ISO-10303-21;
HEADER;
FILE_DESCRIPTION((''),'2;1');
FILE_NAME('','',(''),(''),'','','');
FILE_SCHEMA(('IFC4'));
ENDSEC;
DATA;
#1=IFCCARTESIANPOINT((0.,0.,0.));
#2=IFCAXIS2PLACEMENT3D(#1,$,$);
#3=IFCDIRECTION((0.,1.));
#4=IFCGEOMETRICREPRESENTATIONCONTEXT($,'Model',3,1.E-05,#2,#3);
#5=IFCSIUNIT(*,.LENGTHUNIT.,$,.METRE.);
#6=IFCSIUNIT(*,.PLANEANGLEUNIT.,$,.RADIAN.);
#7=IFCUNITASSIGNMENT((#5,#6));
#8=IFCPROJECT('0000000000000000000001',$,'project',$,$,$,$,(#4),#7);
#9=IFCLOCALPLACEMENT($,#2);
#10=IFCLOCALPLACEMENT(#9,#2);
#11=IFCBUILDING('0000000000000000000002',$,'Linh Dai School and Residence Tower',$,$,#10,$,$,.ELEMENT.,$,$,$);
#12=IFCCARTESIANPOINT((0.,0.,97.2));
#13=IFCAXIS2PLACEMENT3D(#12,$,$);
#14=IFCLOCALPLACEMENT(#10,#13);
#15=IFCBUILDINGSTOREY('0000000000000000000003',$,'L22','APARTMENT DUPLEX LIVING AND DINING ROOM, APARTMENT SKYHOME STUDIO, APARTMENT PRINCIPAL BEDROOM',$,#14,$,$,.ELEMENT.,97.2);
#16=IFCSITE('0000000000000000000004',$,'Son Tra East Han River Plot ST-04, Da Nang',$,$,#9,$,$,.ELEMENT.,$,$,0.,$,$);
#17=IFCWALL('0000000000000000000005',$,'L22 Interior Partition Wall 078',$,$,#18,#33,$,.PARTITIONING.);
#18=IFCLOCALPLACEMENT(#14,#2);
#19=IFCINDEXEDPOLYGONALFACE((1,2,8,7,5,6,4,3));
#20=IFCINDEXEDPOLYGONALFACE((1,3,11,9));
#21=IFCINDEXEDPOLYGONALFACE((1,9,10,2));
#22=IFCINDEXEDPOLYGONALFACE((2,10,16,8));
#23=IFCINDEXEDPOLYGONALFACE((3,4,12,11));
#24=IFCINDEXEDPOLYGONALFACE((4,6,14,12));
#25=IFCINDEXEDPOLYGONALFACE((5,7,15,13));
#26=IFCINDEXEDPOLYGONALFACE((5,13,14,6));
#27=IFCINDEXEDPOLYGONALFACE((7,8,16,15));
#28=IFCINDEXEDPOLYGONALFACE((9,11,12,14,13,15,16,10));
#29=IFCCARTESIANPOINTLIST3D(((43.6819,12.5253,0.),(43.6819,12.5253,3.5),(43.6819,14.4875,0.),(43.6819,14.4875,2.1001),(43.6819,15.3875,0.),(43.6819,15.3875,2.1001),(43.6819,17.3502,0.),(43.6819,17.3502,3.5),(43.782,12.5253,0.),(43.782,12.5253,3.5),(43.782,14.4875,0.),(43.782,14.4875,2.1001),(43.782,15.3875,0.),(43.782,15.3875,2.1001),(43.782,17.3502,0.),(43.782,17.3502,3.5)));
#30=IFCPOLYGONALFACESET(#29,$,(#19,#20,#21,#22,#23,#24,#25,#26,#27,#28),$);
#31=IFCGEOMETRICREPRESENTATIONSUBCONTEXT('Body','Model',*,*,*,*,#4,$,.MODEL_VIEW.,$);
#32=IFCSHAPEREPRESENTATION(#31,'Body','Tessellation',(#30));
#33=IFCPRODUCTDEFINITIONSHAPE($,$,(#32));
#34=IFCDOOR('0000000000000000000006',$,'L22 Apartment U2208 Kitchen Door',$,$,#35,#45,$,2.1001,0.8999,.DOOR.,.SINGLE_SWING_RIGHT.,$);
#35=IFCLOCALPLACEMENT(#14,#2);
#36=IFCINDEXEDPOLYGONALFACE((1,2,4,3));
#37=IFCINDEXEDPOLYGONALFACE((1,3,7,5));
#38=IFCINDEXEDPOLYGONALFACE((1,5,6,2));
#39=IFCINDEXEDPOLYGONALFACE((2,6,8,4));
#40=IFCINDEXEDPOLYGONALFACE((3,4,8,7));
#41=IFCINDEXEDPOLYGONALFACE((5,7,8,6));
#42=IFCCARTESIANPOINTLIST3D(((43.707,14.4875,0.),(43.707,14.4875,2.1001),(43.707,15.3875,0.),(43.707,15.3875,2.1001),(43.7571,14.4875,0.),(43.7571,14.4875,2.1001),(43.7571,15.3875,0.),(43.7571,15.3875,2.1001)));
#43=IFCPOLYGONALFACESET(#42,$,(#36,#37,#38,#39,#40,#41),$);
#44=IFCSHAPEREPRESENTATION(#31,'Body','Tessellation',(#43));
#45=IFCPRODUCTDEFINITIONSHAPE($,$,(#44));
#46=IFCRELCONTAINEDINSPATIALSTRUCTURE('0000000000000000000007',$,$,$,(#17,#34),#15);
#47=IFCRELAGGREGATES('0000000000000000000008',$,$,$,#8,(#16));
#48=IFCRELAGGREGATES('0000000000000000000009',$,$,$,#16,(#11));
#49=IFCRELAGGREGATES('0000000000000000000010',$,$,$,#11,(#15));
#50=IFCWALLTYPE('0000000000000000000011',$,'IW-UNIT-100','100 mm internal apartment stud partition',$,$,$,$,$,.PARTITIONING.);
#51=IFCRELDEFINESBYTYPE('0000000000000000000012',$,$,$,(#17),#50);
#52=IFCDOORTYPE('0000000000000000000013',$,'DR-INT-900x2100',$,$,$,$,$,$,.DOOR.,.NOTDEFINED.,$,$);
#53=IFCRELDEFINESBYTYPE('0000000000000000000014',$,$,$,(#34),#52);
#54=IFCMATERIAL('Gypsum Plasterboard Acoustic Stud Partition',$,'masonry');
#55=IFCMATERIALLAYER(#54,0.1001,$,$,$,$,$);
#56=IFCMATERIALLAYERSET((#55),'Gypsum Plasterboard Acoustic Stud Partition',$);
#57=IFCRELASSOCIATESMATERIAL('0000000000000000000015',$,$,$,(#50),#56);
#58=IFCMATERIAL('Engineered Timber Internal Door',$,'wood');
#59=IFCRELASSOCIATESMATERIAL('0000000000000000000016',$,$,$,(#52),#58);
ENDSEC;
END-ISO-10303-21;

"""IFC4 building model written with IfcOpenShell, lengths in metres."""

from ifc_helpers import new_model, si_unit, direction, frame, frame_2d, origin, origin_2d, place, context, subcontext, project, spatial, rectangle, extrude, source, transform, mapped, material, layer, layer_set, type_object, element, fill, save


model = new_model("IFC4")

# Units and contexts
model_context = context("Model", 3, precision=1e-05, world=origin(), true_north=direction((0.0, 1.0)))
body_context = subcontext(model_context, "Body", "Model", "MODEL_VIEW")
ifc_project = project(units=[si_unit("LENGTHUNIT", "METRE"), si_unit("PLANEANGLEUNIT", "RADIAN")], contexts=[model_context])

# Site, building, storey
site_placement = place(None, origin())
site = spatial("IfcSite", under=ifc_project, at=site_placement, Name="Son Tra East Han River Plot ST-04, Da Nang", CompositionType="ELEMENT", RefElevation=0.0)
building_placement = place(site_placement, origin())
building = spatial("IfcBuilding", under=site, at=building_placement, Name="Linh Dai School and Residence Tower", CompositionType="ELEMENT")
storey_placement = place(building_placement, frame((0.0, 0.0, 97.2)))
storey = spatial("IfcBuildingStorey", under=building, at=storey_placement, Name="L22", Description="APARTMENT DUPLEX LIVING AND DINING ROOM, APARTMENT SKYHOME STUDIO, APARTMENT PRINCIPAL BEDROOM", CompositionType="ELEMENT", Elevation=97.2)

# Shared definitions
ifc_material_1 = material(Name="Gypsum Plasterboard Acoustic Stud Partition", Category="masonry")
ifc_layer_1 = layer(ifc_material_1, 0.1001)
ifc_layer_set_1 = layer_set([ifc_layer_1], Name="Gypsum Plasterboard Acoustic Stud Partition")
wall_type_1 = type_object("IfcWallType", Name="IW-UNIT-100", Description="100 mm internal apartment stud partition", PredefinedType="PARTITIONING", material=ifc_layer_set_1)

# Wall, opening, door
wall_1_placement = place(storey_placement, frame((43.7319, 12.5251, 0.0), z_axis=(0.0, 0.0, 1.0), x_axis=(0.0, 1.0, 0.0)))
wall_1 = element("IfcWall", 1, at=wall_1_placement, inside=storey, type_object=wall_type_1, Name="L22 Interior Partition Wall 078", PredefinedType="PARTITIONING", context=body_context, shape_type="SweptSolid", body=[
    extrude(rectangle(XDim=4.825, YDim=0.1001, at=frame_2d((2.4126, 0.0))), origin(), (0.0, 0.0, 1.0), 3.5),
])
opening_1_placement = place(wall_1_placement, frame((1.9624, 0.0, 0.0)))
opening_1 = element("IfcOpeningElement", 2, at=opening_1_placement, cuts=wall_1, PredefinedType="OPENING", context=body_context, shape_type="SweptSolid", body=[
    extrude(rectangle(XDim=0.8999, YDim=2.1001, at=origin_2d()), frame((0.45, 0.0601, 1.05), z_axis=(0.0, -1.0, 0.0), x_axis=(1.0, 0.0, 0.0)), (0.0, 0.0, 1.0), 0.1201),
])
ifc_material_2 = material(Name="Engineered Timber Internal Door", Category="wood")
door_type_1 = type_object("IfcDoorType", Name="DR-INT-900x2100", OperationType="NOTDEFINED", PredefinedType="DOOR", material=ifc_material_2)
shared_shape_1 = source(origin(), body_context, "Body", "SweptSolid", [
    extrude(rectangle(XDim=0.8999, YDim=2.1001, at=origin_2d()), frame((0.45, 0.0249, 1.05), z_axis=(0.0, -1.0, 0.0), x_axis=(1.0, 0.0, 0.0)), (0.0, 0.0, 1.0), 0.05),
])
door_1_placement = place(opening_1_placement, origin())
door_1 = element("IfcDoor", 3, at=door_1_placement, inside=storey, type_object=door_type_1, Name="L22 Apartment U2208 Kitchen Door", OperationType="SINGLE_SWING_RIGHT", OverallHeight=2.1001, OverallWidth=0.8999, PredefinedType="DOOR", context=body_context, shape_type="MappedRepresentation", body=[
    mapped(shared_shape_1, transform((0.0, 0.0, 0.0), x_axis=(1.0, 0.0, 0.0), y_axis=(0.0, 1.0, 0.0), z_axis=(0.0, 0.0, 1.0), scale=1.0)),
])
fill(opening_1, door_1)

save(model, "model.ifc")
